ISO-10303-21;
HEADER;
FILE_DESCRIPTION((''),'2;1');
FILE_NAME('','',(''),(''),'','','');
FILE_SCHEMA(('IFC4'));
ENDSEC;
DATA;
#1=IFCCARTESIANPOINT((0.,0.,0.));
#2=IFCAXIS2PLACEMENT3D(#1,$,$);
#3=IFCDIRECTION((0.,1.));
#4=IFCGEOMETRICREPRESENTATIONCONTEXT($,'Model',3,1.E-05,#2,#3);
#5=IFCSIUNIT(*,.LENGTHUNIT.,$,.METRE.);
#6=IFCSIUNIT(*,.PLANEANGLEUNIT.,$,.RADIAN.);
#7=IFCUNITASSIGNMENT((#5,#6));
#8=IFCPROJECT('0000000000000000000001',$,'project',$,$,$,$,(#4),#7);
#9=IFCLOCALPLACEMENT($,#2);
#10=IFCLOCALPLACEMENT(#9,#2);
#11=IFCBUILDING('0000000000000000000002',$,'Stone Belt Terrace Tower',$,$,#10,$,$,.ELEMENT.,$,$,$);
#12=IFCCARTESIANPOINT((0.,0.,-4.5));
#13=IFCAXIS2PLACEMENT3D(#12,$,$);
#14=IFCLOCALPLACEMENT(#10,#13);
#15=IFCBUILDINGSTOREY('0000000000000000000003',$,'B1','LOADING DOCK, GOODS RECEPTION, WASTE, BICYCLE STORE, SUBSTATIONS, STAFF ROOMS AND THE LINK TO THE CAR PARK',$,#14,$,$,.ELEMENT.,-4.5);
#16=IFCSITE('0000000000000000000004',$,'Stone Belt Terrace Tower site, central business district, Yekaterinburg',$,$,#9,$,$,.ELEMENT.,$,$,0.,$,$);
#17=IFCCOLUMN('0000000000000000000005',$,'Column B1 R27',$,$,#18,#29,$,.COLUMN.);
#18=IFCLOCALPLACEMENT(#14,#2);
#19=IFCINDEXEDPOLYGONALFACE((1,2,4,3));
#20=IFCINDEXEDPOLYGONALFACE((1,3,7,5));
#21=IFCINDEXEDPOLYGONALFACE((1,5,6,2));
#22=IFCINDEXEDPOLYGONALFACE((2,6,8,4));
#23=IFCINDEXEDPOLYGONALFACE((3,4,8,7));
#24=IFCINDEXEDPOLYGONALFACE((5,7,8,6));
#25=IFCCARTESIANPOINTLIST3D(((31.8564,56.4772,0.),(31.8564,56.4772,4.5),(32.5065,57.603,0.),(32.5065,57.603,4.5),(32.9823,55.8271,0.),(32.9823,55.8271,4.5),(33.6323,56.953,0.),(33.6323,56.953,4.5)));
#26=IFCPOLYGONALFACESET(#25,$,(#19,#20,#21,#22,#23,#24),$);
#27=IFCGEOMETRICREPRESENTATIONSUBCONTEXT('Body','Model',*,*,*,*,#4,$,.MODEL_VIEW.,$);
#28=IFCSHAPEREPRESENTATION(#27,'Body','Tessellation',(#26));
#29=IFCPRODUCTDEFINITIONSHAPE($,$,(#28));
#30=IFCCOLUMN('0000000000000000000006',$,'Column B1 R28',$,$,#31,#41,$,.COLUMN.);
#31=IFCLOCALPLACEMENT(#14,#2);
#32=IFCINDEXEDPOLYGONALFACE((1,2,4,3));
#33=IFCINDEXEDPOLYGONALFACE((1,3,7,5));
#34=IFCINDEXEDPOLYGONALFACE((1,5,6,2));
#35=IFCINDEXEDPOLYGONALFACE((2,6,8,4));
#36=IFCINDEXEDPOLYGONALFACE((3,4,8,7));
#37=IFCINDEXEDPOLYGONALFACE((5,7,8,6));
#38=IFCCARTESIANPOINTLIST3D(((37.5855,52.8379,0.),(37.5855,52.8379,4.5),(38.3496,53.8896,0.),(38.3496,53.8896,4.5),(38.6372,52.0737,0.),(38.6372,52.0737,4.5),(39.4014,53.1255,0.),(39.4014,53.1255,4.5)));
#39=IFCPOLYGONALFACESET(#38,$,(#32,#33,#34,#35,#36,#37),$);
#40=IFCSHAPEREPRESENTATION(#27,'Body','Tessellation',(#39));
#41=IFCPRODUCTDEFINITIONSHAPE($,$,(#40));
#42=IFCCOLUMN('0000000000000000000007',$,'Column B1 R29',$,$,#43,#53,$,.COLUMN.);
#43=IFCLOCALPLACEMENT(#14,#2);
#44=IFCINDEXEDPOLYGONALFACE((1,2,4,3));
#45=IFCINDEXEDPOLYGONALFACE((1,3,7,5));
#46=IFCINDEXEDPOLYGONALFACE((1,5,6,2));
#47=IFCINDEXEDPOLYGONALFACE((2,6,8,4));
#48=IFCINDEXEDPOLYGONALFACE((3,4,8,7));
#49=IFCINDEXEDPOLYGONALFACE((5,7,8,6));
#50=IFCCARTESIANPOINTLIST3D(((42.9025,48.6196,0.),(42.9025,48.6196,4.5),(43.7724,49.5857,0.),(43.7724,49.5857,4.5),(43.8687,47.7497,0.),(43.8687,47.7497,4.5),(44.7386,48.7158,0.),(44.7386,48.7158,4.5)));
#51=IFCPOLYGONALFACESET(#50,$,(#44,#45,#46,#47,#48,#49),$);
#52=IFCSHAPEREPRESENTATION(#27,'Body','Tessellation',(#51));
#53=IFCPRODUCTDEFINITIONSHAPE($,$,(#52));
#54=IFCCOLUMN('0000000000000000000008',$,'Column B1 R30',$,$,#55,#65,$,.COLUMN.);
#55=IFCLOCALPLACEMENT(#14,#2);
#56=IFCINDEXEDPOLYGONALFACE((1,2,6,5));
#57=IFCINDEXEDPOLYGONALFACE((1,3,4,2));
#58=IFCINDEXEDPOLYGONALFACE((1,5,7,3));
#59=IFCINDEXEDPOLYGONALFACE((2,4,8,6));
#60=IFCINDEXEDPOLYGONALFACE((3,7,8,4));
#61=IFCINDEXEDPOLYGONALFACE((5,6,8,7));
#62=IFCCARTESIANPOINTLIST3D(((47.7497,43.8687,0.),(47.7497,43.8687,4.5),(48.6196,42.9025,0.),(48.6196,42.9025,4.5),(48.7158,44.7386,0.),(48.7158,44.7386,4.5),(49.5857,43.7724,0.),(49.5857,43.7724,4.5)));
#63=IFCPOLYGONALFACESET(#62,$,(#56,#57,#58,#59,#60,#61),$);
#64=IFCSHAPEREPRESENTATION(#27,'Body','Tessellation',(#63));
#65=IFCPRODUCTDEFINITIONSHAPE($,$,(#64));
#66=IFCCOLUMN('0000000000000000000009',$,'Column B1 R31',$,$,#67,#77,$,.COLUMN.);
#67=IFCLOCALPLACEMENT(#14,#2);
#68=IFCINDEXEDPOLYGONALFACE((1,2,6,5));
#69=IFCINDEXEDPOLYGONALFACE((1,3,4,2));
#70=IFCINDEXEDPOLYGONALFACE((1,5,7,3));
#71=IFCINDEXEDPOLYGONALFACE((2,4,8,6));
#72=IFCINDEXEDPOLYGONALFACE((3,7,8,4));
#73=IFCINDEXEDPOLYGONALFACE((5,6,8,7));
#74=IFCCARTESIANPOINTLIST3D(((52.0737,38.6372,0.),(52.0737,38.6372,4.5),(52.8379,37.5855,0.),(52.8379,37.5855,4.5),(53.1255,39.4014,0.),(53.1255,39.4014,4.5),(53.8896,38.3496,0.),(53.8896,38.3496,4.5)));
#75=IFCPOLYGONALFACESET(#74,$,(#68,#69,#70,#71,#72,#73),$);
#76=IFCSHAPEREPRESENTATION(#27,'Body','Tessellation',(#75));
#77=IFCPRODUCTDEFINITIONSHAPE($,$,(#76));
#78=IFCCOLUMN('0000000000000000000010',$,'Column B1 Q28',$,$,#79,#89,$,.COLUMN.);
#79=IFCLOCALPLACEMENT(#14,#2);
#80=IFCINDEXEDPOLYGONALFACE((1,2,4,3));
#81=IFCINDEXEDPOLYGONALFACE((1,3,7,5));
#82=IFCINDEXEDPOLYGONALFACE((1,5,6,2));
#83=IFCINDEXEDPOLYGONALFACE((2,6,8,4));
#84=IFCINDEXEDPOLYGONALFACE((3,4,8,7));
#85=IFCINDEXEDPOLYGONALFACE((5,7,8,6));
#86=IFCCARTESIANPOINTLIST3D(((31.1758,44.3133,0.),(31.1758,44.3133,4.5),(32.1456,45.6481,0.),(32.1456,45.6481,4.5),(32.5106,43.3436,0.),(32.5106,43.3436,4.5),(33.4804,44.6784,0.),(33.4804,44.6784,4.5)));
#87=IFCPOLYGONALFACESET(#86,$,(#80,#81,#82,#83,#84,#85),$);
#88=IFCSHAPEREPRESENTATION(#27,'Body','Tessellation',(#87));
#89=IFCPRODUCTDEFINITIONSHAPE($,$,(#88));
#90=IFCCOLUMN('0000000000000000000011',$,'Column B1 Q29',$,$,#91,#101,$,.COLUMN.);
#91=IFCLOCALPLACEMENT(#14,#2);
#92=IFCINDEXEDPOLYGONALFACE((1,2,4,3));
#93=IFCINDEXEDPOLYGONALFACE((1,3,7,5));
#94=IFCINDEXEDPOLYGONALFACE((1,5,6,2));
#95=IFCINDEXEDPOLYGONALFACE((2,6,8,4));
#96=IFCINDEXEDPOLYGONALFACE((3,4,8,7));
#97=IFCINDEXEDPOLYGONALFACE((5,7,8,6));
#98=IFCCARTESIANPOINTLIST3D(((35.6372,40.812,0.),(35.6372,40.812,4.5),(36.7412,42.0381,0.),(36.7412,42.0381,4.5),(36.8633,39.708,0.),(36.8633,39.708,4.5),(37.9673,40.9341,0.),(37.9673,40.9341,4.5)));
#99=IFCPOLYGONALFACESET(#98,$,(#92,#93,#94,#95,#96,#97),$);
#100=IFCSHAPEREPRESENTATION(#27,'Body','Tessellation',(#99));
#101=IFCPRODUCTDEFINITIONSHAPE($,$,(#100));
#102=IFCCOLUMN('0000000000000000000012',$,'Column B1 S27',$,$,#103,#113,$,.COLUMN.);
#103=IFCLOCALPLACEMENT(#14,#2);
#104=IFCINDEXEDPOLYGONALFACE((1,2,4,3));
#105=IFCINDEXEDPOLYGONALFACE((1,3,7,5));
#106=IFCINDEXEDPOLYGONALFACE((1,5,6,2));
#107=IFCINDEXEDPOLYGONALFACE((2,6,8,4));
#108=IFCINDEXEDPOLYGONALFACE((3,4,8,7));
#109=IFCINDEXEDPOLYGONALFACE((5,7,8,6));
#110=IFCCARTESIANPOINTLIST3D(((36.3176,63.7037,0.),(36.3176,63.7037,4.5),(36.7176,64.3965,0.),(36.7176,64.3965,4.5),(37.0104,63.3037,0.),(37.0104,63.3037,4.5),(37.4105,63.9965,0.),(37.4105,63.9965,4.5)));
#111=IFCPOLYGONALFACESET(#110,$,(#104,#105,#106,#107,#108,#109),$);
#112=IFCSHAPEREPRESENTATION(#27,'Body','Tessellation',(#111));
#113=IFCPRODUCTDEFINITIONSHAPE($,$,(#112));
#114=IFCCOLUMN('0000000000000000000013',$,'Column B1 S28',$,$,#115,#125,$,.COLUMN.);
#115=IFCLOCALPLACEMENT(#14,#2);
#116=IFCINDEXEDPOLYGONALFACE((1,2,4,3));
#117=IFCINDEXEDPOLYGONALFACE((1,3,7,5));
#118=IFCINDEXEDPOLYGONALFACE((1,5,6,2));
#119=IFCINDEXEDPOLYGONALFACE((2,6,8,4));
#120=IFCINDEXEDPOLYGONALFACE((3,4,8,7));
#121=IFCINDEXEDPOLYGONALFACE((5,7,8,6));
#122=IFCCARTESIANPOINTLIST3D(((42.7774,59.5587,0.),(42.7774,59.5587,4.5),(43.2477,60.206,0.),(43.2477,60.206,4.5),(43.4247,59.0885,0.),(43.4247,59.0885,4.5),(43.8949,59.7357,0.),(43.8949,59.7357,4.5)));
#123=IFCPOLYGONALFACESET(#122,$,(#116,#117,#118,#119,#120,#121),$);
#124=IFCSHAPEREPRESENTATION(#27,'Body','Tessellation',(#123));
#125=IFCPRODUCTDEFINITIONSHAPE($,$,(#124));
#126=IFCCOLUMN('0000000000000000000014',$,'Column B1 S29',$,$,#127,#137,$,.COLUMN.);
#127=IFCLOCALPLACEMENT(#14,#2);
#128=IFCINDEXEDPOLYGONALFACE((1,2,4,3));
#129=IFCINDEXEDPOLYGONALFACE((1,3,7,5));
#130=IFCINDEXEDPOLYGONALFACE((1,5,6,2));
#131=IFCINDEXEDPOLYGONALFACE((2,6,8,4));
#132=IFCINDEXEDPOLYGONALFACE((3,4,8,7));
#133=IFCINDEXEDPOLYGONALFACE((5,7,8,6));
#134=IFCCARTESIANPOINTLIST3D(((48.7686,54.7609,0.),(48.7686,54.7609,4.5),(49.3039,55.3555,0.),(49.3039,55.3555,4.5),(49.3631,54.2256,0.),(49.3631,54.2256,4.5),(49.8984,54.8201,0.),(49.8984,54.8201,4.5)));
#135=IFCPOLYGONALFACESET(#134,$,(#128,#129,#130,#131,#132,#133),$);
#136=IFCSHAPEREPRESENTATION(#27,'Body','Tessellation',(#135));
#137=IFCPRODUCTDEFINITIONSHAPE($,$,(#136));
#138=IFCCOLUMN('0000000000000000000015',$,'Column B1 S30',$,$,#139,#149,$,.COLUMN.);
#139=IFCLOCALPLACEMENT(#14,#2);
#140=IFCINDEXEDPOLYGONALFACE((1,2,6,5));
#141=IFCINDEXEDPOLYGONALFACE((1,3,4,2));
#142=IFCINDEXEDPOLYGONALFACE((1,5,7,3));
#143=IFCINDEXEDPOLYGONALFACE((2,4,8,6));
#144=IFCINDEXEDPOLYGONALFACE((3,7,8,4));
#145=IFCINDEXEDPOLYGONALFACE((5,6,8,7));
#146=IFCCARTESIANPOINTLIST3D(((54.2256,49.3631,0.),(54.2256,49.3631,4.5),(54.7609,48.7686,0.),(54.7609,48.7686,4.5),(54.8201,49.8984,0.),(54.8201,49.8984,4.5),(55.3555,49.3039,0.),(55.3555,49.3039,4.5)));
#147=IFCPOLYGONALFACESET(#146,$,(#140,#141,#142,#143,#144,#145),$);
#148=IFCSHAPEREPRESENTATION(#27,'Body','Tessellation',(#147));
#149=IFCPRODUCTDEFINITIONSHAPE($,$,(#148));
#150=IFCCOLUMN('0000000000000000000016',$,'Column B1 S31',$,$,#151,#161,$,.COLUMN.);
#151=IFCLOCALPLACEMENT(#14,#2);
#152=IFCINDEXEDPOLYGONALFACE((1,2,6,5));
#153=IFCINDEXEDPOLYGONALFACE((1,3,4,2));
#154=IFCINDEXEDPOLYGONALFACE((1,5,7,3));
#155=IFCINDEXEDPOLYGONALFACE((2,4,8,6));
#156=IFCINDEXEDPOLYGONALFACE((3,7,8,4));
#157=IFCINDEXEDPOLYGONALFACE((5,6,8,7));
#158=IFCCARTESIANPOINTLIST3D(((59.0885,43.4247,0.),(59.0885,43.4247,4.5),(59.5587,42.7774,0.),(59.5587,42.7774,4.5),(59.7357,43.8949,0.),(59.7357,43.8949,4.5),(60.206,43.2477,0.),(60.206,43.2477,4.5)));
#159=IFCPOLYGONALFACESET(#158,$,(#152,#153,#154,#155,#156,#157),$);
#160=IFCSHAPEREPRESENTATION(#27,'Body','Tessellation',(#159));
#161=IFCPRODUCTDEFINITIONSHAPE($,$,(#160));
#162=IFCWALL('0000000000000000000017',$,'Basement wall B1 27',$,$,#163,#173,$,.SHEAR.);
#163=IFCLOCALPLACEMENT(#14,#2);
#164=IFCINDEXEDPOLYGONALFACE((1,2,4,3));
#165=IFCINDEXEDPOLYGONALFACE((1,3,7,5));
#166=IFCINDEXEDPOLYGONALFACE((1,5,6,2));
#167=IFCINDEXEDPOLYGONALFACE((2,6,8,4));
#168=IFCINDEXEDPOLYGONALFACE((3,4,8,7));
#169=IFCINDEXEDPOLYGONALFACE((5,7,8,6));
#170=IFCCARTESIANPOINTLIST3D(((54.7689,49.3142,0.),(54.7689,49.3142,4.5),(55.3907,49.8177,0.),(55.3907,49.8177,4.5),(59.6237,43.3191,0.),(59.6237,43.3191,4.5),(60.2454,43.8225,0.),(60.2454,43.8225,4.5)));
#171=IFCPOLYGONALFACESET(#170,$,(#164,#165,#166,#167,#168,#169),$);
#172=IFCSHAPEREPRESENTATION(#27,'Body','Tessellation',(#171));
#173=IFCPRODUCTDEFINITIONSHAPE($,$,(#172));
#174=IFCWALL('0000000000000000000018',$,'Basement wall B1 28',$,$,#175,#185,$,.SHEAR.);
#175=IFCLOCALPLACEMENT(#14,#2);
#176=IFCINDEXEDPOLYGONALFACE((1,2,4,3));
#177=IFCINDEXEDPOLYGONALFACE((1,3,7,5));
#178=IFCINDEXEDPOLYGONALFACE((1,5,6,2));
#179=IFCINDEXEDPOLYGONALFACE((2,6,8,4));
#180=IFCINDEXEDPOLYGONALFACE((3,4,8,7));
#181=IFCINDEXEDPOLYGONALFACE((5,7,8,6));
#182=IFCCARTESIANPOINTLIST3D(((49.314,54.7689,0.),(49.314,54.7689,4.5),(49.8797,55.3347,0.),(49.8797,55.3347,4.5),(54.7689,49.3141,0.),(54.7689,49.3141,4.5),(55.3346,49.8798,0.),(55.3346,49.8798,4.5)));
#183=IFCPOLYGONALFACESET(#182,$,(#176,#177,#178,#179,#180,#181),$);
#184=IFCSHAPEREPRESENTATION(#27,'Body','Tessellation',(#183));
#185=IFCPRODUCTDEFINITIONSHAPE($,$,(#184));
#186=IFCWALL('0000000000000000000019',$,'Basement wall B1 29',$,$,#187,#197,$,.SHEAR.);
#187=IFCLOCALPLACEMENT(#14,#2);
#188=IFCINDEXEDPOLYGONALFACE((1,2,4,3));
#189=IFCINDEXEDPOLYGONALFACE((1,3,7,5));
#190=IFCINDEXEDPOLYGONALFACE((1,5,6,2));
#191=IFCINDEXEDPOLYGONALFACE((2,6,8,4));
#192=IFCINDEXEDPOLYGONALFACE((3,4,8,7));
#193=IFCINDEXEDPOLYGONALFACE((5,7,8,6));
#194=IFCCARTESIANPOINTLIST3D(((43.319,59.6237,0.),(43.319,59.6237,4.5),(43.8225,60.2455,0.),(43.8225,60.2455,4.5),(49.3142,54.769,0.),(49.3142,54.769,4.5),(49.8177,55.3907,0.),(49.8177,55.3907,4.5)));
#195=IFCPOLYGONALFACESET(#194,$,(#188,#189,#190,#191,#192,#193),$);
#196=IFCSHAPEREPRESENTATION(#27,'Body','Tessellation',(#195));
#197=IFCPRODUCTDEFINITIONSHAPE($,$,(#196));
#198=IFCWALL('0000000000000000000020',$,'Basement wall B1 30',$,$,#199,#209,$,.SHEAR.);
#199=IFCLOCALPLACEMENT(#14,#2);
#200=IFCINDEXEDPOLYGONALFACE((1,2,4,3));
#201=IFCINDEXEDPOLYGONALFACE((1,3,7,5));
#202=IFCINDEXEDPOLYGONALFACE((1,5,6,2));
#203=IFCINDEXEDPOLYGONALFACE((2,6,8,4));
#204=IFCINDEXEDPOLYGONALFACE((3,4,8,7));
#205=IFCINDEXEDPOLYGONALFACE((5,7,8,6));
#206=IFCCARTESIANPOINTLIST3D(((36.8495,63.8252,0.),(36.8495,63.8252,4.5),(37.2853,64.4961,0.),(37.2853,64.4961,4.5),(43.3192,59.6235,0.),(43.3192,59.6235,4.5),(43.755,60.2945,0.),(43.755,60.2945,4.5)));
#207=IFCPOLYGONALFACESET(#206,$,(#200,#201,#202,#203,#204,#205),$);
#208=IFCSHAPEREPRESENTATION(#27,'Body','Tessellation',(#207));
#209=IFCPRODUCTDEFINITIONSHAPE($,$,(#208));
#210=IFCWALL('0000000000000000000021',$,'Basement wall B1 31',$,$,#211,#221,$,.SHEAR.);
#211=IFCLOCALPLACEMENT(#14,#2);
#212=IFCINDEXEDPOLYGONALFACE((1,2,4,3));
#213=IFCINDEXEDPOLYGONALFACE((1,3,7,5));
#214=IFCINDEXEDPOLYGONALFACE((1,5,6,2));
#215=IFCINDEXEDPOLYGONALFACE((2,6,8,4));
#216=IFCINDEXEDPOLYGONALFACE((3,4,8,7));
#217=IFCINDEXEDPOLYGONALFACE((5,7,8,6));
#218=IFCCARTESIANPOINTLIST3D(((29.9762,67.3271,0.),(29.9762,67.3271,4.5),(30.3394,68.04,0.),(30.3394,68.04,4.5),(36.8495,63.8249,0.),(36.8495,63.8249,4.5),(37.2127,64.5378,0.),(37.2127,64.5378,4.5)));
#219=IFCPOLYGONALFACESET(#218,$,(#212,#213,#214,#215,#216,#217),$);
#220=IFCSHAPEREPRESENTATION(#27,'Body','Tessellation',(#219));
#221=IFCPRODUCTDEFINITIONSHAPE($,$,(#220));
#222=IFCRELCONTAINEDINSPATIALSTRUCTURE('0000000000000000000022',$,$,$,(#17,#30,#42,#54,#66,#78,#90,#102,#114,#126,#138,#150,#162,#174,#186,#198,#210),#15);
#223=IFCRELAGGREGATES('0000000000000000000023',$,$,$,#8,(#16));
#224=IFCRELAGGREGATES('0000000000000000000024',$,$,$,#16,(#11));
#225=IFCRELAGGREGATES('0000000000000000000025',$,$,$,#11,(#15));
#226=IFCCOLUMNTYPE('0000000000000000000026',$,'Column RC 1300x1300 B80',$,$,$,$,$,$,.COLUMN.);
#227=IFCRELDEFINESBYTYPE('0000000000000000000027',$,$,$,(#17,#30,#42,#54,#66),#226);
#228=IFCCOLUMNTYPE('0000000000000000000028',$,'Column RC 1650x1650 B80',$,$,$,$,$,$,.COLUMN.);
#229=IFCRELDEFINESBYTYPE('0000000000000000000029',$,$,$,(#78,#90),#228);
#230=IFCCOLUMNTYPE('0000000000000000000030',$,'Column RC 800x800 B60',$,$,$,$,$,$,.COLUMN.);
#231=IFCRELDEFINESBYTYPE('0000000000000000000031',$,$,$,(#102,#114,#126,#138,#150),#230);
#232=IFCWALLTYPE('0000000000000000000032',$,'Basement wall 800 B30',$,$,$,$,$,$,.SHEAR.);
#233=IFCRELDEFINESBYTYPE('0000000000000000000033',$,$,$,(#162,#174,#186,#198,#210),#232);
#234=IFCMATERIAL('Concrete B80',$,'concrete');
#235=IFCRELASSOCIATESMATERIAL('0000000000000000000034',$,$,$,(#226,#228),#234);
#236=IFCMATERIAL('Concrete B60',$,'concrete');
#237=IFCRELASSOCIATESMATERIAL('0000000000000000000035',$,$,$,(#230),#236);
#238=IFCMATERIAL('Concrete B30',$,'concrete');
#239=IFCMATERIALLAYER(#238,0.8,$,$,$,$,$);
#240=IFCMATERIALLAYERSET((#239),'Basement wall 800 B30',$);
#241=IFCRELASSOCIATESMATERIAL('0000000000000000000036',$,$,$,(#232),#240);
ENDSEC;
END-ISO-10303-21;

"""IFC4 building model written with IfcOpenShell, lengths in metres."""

from ifc_helpers import new_model, si_unit, direction, frame, frame_2d, origin, origin_2d, place, context, subcontext, project, spatial, rectangle, extrude, material, layer, layer_set, material_profile, profile_set, type_object, element, save


model = new_model("IFC4")

# Units and contexts
model_context = context("Model", 3, precision=1e-05, world=origin(), true_north=direction((0.0, 1.0)))
body_context = subcontext(model_context, "Body", "Model", "MODEL_VIEW")
ifc_project = project(units=[si_unit("LENGTHUNIT", "METRE"), si_unit("PLANEANGLEUNIT", "RADIAN")], contexts=[model_context])

# Site, building, storey
site_placement = place(None, origin())
site = spatial("IfcSite", under=ifc_project, at=site_placement, Name="Stone Belt Terrace Tower site, central business district, Yekaterinburg", CompositionType="ELEMENT", RefElevation=0.0)
building_placement = place(site_placement, origin())
building = spatial("IfcBuilding", under=site, at=building_placement, Name="Stone Belt Terrace Tower", CompositionType="ELEMENT")
storey_placement = place(building_placement, frame((0.0, 0.0, -4.5)))
storey = spatial("IfcBuildingStorey", under=building, at=storey_placement, Name="B1", Description="LOADING DOCK, GOODS RECEPTION, WASTE, BICYCLE STORE, SUBSTATIONS, STAFF ROOMS AND THE LINK TO THE CAR PARK", CompositionType="ELEMENT", Elevation=-4.5)

# Columns
ifc_material_1 = material(Name="Concrete B80", Category="concrete")
ifc_material_profile_1 = material_profile(ifc_material_1, rectangle(XDim=1.3, YDim=1.3, at=origin_2d()), Name="RC 1300x1300")
ifc_profile_set_1 = profile_set([ifc_material_profile_1], Name="Concrete B80")
column_type_1 = type_object("IfcColumnType", Name="Column RC 1300x1300 B80", PredefinedType="COLUMN", material=ifc_profile_set_1)
for number, where, z_axis, x_axis, name in (
    (1, (32.7444, 56.7151, 0.0), (0.0, 0.0, 1.0), (0.866025, -0.5, 0.0), "Column B1 R27"),
    (2, (38.4934, 52.9817, 0.0), (0.0, 0.0, 1.0), (0.809017, -0.587785, 0.0), "Column B1 R28"),
    (3, (43.8206, 48.6677, 0.0), (0.0, 0.0, 1.0), (0.743145, -0.669131, 0.0), "Column B1 R29"),
    (4, (48.6677, 43.8206, 0.0), (0.0, 0.0, 1.0), (0.669131, -0.743145, 0.0), "Column B1 R30"),
    (5, (52.9817, 38.4934, 0.0), (0.0, 0.0, 1.0), (0.587785, -0.809017, 0.0), "Column B1 R31"),
):
    element("IfcColumn", number, at=place(storey_placement, frame(where, z_axis=z_axis, x_axis=x_axis)), inside=storey, type_object=column_type_1, Name=name, PredefinedType="COLUMN", context=body_context, shape_type="SweptSolid", body=[
        extrude(rectangle(XDim=1.3, YDim=1.3, at=origin_2d()), origin(), (0.0, 0.0, 1.0), 4.5),
    ])
ifc_material_profile_2 = material_profile(ifc_material_1, rectangle(XDim=1.6499, YDim=1.6499, at=origin_2d()), Name="RC 1650x1650")
ifc_profile_set_2 = profile_set([ifc_material_profile_2], Name="Concrete B80")
column_type_2 = type_object("IfcColumnType", Name="Column RC 1650x1650 B80", PredefinedType="COLUMN", material=ifc_profile_set_2)
for number, where, z_axis, x_axis, name in (
    (6, (32.3281, 44.4958, 0.0), (0.0, 0.0, 1.0), (0.809017, -0.587785, 0.0), "Column B1 Q28"),
    (7, (36.8022, 40.873, 0.0), (0.0, 0.0, 1.0), (0.743145, -0.669131, 0.0), "Column B1 Q29"),
):
    element("IfcColumn", number, at=place(storey_placement, frame(where, z_axis=z_axis, x_axis=x_axis)), inside=storey, type_object=column_type_2, Name=name, PredefinedType="COLUMN", context=body_context, shape_type="SweptSolid", body=[
        extrude(rectangle(XDim=1.6499, YDim=1.6499, at=origin_2d()), origin(), (0.0, 0.0, 1.0), 4.5),
    ])
ifc_material_2 = material(Name="Concrete B60", Category="concrete")
ifc_material_profile_3 = material_profile(ifc_material_2, rectangle(XDim=0.8, YDim=0.8, at=origin_2d()), Name="RC 800x800")
ifc_profile_set_3 = profile_set([ifc_material_profile_3], Name="Concrete B60")
column_type_3 = type_object("IfcColumnType", Name="Column RC 800x800 B60", PredefinedType="COLUMN", material=ifc_profile_set_3)
for number, where, z_axis, x_axis, name in (
    (8, (36.864, 63.8501, 0.0), (0.0, 0.0, 1.0), (0.866025, -0.5, 0.0), "Column B1 S27"),
    (9, (43.3362, 59.6472, 0.0), (0.0, 0.0, 1.0), (0.809017, -0.587785, 0.0), "Column B1 S28"),
    (10, (49.3335, 54.7905, 0.0), (0.0, 0.0, 1.0), (0.743145, -0.669131, 0.0), "Column B1 S29"),
    (11, (54.7905, 49.3335, 0.0), (0.0, 0.0, 1.0), (0.669131, -0.743145, 0.0), "Column B1 S30"),
    (12, (59.6472, 43.3362, 0.0), (0.0, 0.0, 1.0), (0.587785, -0.809017, 0.0), "Column B1 S31"),
):
    element("IfcColumn", number, at=place(storey_placement, frame(where, z_axis=z_axis, x_axis=x_axis)), inside=storey, type_object=column_type_3, Name=name, PredefinedType="COLUMN", context=body_context, shape_type="SweptSolid", body=[
        extrude(rectangle(XDim=0.8, YDim=0.8, at=origin_2d()), origin(), (0.0, 0.0, 1.0), 4.5),
    ])

# Walls
ifc_material_3 = material(Name="Concrete B30", Category="concrete")
ifc_layer_1 = layer(ifc_material_3, 0.8)
ifc_layer_set_1 = layer_set([ifc_layer_1], Name="Basement wall 800 B30")
wall_type_1 = type_object("IfcWallType", Name="Basement wall 800 B30", PredefinedType="SHEAR", material=ifc_layer_set_1)
for number, where, z_axis, x_axis, name in (
    (13, (59.9346, 43.5708, 0.0), (0.0, 0.0, 1.0), (-0.629319, 0.777147, 0.0), "Basement wall B1 27"),
    (14, (55.0518, 49.5969, 0.0), (0.0, 0.0, 1.0), (-0.707107, 0.707107, 0.0), "Basement wall B1 28"),
    (15, (49.5659, 55.0798, 0.0), (0.0, 0.0, 1.0), (-0.777147, 0.629319, 0.0), "Basement wall B1 29"),
    (16, (43.5371, 59.959, 0.0), (0.0, 0.0, 1.0), (-0.83866, 0.544655, 0.0), "Basement wall B1 30"),
):
    element("IfcWall", number, at=place(storey_placement, frame(where, z_axis=z_axis, x_axis=x_axis)), inside=storey, type_object=wall_type_1, Name=name, PredefinedType="SHEAR", context=body_context, shape_type="SweptSolid", body=[
        extrude(rectangle(XDim=7.7144, YDim=0.8, at=frame_2d((3.8572, 0.0))), origin(), (0.0, 0.0, 1.0), 4.5),
    ])
wall_1_placement = place(storey_placement, frame((37.031, 64.1814, 0.0), z_axis=(0.0, 0.0, 1.0), x_axis=(-0.891002, 0.453999, 0.0)))
element("IfcWall", 17, at=wall_1_placement, inside=storey, type_object=wall_type_1, Name="Basement wall B1 31", PredefinedType="SHEAR", context=body_context, shape_type="SweptSolid", body=[
    extrude(rectangle(XDim=7.7141, YDim=0.8, at=frame_2d((3.8569, 0.0))), origin(), (0.0, 0.0, 1.0), 4.5),
])

save(model, "model.ifc")
